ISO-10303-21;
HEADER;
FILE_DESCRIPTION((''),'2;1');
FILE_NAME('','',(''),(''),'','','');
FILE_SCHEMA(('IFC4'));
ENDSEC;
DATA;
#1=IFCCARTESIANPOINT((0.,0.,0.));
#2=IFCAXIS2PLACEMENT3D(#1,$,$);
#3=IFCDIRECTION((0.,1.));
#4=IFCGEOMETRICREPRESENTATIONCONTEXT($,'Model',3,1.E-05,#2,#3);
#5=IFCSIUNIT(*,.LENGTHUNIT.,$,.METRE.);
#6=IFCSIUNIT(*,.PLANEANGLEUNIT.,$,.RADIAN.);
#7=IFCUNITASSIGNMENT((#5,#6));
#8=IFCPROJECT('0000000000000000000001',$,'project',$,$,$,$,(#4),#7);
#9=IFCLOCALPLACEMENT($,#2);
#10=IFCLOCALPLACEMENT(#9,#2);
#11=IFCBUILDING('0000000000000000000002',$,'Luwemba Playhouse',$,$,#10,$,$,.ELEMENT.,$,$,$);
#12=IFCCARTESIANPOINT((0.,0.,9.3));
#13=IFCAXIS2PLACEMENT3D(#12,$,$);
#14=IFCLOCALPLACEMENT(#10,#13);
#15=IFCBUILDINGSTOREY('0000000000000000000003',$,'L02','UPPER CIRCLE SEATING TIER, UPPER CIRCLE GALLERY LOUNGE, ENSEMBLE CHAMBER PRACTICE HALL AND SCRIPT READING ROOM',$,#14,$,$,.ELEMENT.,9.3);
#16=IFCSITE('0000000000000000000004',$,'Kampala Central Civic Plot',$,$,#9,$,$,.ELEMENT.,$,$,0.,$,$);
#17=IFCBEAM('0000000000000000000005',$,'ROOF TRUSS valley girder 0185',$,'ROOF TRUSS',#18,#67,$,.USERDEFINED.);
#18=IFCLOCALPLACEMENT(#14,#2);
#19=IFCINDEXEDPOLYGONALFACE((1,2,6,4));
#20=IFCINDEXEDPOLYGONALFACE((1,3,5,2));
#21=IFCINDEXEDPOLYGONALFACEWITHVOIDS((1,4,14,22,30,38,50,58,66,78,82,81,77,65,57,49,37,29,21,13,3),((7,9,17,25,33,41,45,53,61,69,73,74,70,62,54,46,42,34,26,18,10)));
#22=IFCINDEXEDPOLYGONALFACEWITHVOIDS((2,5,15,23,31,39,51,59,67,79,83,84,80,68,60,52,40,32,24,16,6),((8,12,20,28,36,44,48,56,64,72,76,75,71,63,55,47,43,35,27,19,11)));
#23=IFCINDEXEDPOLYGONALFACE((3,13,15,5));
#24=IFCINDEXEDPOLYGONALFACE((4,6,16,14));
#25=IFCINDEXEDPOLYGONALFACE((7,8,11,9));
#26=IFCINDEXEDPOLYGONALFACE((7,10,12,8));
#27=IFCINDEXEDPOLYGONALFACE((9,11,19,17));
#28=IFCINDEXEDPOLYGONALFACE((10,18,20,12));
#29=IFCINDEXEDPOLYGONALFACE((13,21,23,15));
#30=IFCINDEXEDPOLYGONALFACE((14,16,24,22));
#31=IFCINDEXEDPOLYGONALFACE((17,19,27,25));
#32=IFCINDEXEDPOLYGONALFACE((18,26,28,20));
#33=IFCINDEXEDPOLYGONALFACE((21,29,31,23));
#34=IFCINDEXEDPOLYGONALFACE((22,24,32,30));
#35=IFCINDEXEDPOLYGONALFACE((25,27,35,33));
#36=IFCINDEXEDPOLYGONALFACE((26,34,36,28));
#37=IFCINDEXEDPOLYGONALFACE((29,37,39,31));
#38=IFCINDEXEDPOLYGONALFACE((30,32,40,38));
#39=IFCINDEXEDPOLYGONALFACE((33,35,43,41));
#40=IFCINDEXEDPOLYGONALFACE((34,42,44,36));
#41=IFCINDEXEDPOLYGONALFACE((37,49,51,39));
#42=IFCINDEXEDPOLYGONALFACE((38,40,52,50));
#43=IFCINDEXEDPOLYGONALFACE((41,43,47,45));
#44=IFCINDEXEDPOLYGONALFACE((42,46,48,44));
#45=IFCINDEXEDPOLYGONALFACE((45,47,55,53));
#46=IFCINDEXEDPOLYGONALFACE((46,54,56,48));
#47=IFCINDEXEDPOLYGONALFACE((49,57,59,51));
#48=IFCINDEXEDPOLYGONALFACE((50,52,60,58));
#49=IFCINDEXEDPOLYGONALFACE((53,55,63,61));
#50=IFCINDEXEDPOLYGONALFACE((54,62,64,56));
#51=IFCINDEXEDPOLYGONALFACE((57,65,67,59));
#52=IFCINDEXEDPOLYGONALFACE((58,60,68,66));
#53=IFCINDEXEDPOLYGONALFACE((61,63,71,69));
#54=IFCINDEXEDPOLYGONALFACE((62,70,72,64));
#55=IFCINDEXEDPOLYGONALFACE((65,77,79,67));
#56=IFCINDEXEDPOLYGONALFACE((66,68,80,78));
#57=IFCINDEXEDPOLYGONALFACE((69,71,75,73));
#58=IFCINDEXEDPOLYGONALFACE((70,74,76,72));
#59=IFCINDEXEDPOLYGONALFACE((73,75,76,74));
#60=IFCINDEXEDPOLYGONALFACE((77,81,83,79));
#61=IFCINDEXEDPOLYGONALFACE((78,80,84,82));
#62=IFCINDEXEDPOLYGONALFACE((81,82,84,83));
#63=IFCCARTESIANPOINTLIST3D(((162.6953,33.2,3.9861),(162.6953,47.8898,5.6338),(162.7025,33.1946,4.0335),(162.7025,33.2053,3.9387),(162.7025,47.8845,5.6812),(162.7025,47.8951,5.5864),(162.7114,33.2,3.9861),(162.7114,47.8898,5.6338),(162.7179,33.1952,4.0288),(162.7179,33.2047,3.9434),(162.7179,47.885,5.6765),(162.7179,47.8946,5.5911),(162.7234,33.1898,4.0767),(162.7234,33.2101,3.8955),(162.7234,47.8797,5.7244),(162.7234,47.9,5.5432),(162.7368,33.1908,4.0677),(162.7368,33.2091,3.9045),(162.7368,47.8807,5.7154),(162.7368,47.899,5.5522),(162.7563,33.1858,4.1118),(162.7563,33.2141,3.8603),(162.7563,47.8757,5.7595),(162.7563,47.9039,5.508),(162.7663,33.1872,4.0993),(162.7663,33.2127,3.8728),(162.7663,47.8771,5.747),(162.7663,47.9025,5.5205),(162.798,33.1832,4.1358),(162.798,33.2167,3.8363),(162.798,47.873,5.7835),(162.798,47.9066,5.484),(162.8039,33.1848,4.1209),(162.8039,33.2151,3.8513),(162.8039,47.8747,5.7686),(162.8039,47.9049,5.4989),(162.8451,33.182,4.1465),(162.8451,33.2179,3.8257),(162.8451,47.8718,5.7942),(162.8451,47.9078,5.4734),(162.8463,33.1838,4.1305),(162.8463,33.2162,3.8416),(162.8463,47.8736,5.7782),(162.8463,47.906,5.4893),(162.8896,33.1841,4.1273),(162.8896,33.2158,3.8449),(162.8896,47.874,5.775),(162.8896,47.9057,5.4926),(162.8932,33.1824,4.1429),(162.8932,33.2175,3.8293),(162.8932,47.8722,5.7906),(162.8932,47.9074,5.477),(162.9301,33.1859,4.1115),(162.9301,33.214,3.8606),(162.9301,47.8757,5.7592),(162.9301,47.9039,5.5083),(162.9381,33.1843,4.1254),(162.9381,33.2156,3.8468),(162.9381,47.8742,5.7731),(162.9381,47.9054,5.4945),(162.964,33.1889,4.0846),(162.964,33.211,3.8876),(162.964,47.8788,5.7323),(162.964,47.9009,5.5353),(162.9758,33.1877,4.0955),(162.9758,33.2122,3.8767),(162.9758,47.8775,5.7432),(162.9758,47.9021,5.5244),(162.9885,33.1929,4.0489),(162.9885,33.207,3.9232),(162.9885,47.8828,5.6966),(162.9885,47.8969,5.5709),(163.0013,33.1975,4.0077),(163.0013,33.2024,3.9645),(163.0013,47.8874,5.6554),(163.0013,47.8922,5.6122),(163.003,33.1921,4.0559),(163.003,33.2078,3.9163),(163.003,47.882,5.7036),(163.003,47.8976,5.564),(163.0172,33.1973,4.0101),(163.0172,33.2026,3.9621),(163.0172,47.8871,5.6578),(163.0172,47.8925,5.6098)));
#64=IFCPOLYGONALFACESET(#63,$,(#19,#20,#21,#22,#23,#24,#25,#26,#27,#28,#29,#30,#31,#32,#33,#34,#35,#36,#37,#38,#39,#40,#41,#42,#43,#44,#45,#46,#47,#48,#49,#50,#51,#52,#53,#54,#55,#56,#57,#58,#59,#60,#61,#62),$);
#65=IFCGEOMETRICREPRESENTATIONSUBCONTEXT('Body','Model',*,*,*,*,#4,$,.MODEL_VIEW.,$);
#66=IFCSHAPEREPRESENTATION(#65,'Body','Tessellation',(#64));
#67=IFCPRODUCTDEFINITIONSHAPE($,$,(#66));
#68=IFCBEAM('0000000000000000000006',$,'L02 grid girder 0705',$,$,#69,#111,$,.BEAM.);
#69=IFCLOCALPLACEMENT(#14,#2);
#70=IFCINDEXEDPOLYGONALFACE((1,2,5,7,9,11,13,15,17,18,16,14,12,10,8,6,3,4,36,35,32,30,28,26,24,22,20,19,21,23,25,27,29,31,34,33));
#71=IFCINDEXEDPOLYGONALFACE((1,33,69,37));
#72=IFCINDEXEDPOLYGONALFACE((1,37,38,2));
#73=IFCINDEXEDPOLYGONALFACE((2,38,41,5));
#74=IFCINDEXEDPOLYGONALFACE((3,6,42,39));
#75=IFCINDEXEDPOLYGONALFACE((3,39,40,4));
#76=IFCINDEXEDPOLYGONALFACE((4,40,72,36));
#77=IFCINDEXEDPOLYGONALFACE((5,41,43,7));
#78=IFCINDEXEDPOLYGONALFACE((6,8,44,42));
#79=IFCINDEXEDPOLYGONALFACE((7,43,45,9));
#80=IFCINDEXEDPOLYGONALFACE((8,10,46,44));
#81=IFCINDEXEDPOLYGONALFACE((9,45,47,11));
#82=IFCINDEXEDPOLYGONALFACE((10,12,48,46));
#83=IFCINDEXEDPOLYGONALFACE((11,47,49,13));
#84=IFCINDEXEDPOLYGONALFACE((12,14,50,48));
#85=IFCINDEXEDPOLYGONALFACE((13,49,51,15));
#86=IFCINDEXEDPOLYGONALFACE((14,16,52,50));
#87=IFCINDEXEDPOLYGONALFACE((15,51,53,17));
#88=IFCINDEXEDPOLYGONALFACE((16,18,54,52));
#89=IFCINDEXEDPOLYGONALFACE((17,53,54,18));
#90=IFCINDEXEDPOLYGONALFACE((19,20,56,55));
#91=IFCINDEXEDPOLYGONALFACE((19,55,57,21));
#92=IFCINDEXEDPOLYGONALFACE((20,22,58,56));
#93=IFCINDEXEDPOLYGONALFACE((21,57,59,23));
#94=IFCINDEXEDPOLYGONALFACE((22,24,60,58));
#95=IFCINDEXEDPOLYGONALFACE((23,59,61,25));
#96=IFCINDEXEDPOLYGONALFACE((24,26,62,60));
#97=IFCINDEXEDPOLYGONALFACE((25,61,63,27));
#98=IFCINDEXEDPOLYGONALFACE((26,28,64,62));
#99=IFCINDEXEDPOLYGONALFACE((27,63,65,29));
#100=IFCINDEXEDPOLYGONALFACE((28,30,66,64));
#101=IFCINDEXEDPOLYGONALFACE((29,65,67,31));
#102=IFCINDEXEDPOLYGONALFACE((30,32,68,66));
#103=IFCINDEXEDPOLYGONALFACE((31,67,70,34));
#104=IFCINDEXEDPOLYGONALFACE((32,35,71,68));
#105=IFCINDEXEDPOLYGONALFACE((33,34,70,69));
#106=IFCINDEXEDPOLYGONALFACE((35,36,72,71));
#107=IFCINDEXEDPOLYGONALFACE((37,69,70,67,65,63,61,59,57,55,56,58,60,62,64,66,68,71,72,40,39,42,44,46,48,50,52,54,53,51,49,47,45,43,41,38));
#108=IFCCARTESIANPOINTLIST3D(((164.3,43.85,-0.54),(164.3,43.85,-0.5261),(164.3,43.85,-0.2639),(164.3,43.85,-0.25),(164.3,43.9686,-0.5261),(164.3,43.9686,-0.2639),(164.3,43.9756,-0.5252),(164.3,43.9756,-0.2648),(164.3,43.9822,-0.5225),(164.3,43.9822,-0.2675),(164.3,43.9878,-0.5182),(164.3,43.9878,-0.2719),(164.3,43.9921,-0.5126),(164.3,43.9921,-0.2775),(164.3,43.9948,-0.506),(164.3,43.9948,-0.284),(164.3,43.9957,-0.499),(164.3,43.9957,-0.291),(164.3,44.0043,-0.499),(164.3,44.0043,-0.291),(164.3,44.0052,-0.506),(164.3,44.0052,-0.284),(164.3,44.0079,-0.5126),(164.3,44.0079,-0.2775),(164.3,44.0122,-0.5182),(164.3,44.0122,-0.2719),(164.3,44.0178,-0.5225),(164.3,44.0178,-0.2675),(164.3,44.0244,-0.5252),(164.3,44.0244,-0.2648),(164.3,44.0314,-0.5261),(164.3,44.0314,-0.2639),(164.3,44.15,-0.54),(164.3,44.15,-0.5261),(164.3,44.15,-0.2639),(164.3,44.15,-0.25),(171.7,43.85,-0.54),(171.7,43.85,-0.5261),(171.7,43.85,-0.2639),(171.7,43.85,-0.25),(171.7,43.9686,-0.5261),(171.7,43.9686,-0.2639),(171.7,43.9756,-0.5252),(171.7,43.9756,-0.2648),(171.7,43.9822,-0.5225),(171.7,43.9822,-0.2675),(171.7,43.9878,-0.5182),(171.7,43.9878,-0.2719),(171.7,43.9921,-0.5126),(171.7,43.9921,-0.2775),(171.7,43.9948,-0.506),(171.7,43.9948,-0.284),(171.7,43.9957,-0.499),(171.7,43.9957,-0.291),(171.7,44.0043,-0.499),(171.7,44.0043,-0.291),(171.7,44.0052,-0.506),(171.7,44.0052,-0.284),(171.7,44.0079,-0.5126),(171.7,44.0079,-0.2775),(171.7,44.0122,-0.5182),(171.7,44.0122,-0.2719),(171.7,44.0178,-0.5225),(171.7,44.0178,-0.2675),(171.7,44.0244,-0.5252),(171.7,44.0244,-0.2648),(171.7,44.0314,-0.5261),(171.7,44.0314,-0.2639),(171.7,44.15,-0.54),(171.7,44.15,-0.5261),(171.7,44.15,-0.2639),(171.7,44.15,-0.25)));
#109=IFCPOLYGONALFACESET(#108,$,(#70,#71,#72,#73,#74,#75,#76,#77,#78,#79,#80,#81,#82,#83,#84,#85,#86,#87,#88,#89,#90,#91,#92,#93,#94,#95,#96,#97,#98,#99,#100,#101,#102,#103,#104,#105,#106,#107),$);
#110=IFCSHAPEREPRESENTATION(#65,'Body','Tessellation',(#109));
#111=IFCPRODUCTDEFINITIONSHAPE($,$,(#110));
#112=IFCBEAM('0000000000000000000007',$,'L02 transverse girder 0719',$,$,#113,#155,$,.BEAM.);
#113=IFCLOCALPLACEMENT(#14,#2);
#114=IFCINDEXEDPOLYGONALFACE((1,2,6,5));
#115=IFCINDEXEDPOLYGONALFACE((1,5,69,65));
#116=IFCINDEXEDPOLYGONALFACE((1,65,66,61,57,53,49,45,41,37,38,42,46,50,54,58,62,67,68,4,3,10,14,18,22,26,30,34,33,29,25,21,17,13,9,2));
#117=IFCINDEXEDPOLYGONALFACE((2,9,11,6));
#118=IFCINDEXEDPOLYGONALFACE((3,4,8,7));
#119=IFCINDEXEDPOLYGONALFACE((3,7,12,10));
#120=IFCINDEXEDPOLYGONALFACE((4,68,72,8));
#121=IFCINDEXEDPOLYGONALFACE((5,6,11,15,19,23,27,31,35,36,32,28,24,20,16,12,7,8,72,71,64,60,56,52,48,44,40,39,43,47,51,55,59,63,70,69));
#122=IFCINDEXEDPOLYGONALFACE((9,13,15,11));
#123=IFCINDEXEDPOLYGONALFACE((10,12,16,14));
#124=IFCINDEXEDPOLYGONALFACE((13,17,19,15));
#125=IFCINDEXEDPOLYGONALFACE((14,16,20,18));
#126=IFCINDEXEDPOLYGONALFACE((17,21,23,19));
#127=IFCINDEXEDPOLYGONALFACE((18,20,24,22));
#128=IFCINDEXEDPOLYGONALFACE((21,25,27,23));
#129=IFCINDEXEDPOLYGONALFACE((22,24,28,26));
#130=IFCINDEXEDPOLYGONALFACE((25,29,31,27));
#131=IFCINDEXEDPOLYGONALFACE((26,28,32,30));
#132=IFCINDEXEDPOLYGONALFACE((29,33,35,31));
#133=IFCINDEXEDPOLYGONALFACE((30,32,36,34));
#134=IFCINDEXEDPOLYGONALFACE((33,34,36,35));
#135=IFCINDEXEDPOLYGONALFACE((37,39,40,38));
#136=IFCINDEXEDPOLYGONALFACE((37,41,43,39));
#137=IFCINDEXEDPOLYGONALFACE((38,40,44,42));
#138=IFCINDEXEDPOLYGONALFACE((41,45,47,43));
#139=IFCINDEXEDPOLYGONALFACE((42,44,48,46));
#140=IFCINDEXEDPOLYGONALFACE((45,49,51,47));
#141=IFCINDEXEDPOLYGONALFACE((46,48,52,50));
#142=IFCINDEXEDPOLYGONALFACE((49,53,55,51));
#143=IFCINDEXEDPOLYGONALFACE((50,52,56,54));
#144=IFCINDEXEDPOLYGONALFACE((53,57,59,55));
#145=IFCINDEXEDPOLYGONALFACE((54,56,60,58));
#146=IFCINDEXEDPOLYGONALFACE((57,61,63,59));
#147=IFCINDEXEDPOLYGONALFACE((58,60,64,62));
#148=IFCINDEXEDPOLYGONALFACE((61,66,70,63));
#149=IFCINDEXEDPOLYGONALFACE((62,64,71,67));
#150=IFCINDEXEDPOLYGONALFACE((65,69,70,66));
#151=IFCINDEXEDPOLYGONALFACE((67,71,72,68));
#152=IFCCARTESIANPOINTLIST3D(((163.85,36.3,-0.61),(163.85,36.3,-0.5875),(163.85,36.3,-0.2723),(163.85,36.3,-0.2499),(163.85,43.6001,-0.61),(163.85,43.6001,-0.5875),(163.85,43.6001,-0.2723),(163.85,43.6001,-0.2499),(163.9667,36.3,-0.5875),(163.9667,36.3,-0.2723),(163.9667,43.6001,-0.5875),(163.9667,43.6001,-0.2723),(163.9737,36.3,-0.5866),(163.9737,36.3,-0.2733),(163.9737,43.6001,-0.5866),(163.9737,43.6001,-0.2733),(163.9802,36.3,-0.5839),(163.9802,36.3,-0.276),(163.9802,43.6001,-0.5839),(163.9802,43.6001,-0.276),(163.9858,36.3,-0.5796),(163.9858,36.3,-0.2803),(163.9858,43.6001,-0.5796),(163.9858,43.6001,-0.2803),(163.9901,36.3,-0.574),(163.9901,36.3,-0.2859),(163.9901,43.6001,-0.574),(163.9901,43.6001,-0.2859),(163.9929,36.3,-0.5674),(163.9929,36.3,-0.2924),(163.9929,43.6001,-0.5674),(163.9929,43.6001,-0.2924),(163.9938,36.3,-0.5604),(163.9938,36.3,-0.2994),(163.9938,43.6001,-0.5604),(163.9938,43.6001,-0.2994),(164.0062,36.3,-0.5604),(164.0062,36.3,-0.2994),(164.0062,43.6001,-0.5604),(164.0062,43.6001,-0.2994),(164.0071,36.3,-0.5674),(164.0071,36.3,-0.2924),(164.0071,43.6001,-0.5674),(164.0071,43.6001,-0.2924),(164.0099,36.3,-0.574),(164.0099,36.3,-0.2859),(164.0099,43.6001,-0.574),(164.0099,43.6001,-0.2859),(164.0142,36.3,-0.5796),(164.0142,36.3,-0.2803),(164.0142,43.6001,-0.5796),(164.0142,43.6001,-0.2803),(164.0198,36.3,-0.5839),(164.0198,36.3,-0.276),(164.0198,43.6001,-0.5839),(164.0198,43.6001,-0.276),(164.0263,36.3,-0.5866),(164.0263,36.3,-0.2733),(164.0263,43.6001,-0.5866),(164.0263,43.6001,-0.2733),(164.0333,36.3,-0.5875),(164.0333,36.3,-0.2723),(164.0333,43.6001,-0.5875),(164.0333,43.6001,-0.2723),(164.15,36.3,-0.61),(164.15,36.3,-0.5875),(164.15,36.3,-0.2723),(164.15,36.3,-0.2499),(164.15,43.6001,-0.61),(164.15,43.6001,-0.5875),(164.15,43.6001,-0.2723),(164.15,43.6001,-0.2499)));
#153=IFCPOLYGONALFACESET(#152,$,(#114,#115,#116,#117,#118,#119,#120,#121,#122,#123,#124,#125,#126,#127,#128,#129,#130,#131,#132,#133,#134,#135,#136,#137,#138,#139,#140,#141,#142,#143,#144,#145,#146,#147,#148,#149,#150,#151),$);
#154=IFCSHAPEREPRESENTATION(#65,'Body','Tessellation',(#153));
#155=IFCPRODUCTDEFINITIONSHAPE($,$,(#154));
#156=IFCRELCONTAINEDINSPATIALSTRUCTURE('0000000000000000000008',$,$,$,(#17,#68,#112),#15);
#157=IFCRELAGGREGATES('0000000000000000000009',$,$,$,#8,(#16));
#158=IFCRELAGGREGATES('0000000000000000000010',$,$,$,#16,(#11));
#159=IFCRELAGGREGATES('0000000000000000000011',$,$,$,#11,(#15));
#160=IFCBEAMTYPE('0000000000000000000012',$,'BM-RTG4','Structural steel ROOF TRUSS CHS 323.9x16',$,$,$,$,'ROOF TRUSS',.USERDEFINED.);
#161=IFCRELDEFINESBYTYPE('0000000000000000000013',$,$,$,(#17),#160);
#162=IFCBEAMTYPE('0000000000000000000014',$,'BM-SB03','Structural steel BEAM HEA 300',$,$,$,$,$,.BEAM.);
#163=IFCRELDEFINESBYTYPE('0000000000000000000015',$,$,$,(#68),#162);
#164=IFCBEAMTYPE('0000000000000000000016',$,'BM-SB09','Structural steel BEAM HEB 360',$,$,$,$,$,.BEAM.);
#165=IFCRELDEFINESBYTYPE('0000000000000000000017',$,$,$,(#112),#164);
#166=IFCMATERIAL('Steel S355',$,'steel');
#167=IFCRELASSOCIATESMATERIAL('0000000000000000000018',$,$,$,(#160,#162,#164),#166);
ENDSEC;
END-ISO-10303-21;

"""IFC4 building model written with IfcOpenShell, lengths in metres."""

from ifc_helpers import new_model, si_unit, direction, frame, origin, origin_2d, place, context, subcontext, project, spatial, hollow_circle, i_section, extrude, material, material_profile, profile_set, type_object, element, save


model = new_model("IFC4")

# Units and contexts
model_context = context("Model", 3, precision=1e-05, world=origin(), true_north=direction((0.0, 1.0)))
body_context = subcontext(model_context, "Body", "Model", "MODEL_VIEW")
ifc_project = project(units=[si_unit("LENGTHUNIT", "METRE"), si_unit("PLANEANGLEUNIT", "RADIAN")], contexts=[model_context])

# Site, building, storey
site_placement = place(None, origin())
site = spatial("IfcSite", under=ifc_project, at=site_placement, Name="Kampala Central Civic Plot", CompositionType="ELEMENT", RefElevation=0.0)
building_placement = place(site_placement, origin())
building = spatial("IfcBuilding", under=site, at=building_placement, Name="Luwemba Playhouse", CompositionType="ELEMENT")
storey_placement = place(building_placement, frame((0.0, 0.0, 9.3)))
storey = spatial("IfcBuildingStorey", under=building, at=storey_placement, Name="L02", Description="UPPER CIRCLE SEATING TIER, UPPER CIRCLE GALLERY LOUNGE, ENSEMBLE CHAMBER PRACTICE HALL AND SCRIPT READING ROOM", CompositionType="ELEMENT", Elevation=9.3)

# Beams
ifc_material_1 = material(Name="Steel S355", Category="steel")
ifc_material_profile_1 = material_profile(ifc_material_1, hollow_circle(Radius=0.1619, WallThickness=0.0161, at=origin_2d()))
ifc_profile_set_1 = profile_set([ifc_material_profile_1], Name="Steel S355")
beam_type_1 = type_object("IfcBeamType", Name="BM-RTG4", Description="Structural steel ROOF TRUSS CHS 323.9x16", ElementType="ROOF TRUSS", PredefinedType="USERDEFINED", material=ifc_profile_set_1)
beam_1_placement = place(storey_placement, frame((162.8572, 33.2, 3.9861), z_axis=(0.0, 0.993768, 0.111467), x_axis=(-1.0, 0.0, 0.0)))
element("IfcBeam", 1, at=beam_1_placement, inside=storey, type_object=beam_type_1, Name="ROOF TRUSS valley girder 0185", ObjectType="ROOF TRUSS", PredefinedType="USERDEFINED", context=body_context, shape_type="SweptSolid", body=[
    extrude(hollow_circle(Radius=0.1619, WallThickness=0.0161, at=origin_2d()), origin(), (0.0, 0.0, 1.0), 14.782),
])
ifc_material_profile_2 = material_profile(ifc_material_1, i_section(OverallWidth=0.3, OverallDepth=0.29, WebThickness=0.0085, FlangeThickness=0.0139, FilletRadius=0.0271, at=origin_2d()))
ifc_profile_set_2 = profile_set([ifc_material_profile_2], Name="Steel S355")
beam_type_2 = type_object("IfcBeamType", Name="BM-SB03", Description="Structural steel BEAM HEA 300", PredefinedType="BEAM", material=ifc_profile_set_2)
beam_2_placement = place(storey_placement, frame((164.3, 44.0, -0.395), z_axis=(1.0, 0.0, 0.0), x_axis=(0.0, 1.0, 0.0)))
element("IfcBeam", 2, at=beam_2_placement, inside=storey, type_object=beam_type_2, Name="L02 grid girder 0705", PredefinedType="BEAM", context=body_context, shape_type="SweptSolid", body=[
    extrude(i_section(OverallWidth=0.3, OverallDepth=0.29, WebThickness=0.0085, FlangeThickness=0.0139, FilletRadius=0.0271, at=origin_2d()), origin(), (0.0, 0.0, 1.0), 7.3999),
])
ifc_material_profile_3 = material_profile(ifc_material_1, i_section(OverallWidth=0.3, OverallDepth=0.3601, WebThickness=0.0125, FlangeThickness=0.0225, FilletRadius=0.0271, at=origin_2d()))
ifc_profile_set_3 = profile_set([ifc_material_profile_3], Name="Steel S355")
beam_type_3 = type_object("IfcBeamType", Name="BM-SB09", Description="Structural steel BEAM HEB 360", PredefinedType="BEAM", material=ifc_profile_set_3)
beam_3_placement = place(storey_placement, frame((164.0, 36.3, -0.4299), z_axis=(0.0, 1.0, 0.0), x_axis=(-1.0, 0.0, 0.0)))
element("IfcBeam", 3, at=beam_3_placement, inside=storey, type_object=beam_type_3, Name="L02 transverse girder 0719", PredefinedType="BEAM", context=body_context, shape_type="SweptSolid", body=[
    extrude(i_section(OverallWidth=0.3, OverallDepth=0.3601, WebThickness=0.0125, FlangeThickness=0.0225, FilletRadius=0.0271, at=origin_2d()), origin(), (0.0, 0.0, 1.0), 7.3),
])

save(model, "model.ifc")
